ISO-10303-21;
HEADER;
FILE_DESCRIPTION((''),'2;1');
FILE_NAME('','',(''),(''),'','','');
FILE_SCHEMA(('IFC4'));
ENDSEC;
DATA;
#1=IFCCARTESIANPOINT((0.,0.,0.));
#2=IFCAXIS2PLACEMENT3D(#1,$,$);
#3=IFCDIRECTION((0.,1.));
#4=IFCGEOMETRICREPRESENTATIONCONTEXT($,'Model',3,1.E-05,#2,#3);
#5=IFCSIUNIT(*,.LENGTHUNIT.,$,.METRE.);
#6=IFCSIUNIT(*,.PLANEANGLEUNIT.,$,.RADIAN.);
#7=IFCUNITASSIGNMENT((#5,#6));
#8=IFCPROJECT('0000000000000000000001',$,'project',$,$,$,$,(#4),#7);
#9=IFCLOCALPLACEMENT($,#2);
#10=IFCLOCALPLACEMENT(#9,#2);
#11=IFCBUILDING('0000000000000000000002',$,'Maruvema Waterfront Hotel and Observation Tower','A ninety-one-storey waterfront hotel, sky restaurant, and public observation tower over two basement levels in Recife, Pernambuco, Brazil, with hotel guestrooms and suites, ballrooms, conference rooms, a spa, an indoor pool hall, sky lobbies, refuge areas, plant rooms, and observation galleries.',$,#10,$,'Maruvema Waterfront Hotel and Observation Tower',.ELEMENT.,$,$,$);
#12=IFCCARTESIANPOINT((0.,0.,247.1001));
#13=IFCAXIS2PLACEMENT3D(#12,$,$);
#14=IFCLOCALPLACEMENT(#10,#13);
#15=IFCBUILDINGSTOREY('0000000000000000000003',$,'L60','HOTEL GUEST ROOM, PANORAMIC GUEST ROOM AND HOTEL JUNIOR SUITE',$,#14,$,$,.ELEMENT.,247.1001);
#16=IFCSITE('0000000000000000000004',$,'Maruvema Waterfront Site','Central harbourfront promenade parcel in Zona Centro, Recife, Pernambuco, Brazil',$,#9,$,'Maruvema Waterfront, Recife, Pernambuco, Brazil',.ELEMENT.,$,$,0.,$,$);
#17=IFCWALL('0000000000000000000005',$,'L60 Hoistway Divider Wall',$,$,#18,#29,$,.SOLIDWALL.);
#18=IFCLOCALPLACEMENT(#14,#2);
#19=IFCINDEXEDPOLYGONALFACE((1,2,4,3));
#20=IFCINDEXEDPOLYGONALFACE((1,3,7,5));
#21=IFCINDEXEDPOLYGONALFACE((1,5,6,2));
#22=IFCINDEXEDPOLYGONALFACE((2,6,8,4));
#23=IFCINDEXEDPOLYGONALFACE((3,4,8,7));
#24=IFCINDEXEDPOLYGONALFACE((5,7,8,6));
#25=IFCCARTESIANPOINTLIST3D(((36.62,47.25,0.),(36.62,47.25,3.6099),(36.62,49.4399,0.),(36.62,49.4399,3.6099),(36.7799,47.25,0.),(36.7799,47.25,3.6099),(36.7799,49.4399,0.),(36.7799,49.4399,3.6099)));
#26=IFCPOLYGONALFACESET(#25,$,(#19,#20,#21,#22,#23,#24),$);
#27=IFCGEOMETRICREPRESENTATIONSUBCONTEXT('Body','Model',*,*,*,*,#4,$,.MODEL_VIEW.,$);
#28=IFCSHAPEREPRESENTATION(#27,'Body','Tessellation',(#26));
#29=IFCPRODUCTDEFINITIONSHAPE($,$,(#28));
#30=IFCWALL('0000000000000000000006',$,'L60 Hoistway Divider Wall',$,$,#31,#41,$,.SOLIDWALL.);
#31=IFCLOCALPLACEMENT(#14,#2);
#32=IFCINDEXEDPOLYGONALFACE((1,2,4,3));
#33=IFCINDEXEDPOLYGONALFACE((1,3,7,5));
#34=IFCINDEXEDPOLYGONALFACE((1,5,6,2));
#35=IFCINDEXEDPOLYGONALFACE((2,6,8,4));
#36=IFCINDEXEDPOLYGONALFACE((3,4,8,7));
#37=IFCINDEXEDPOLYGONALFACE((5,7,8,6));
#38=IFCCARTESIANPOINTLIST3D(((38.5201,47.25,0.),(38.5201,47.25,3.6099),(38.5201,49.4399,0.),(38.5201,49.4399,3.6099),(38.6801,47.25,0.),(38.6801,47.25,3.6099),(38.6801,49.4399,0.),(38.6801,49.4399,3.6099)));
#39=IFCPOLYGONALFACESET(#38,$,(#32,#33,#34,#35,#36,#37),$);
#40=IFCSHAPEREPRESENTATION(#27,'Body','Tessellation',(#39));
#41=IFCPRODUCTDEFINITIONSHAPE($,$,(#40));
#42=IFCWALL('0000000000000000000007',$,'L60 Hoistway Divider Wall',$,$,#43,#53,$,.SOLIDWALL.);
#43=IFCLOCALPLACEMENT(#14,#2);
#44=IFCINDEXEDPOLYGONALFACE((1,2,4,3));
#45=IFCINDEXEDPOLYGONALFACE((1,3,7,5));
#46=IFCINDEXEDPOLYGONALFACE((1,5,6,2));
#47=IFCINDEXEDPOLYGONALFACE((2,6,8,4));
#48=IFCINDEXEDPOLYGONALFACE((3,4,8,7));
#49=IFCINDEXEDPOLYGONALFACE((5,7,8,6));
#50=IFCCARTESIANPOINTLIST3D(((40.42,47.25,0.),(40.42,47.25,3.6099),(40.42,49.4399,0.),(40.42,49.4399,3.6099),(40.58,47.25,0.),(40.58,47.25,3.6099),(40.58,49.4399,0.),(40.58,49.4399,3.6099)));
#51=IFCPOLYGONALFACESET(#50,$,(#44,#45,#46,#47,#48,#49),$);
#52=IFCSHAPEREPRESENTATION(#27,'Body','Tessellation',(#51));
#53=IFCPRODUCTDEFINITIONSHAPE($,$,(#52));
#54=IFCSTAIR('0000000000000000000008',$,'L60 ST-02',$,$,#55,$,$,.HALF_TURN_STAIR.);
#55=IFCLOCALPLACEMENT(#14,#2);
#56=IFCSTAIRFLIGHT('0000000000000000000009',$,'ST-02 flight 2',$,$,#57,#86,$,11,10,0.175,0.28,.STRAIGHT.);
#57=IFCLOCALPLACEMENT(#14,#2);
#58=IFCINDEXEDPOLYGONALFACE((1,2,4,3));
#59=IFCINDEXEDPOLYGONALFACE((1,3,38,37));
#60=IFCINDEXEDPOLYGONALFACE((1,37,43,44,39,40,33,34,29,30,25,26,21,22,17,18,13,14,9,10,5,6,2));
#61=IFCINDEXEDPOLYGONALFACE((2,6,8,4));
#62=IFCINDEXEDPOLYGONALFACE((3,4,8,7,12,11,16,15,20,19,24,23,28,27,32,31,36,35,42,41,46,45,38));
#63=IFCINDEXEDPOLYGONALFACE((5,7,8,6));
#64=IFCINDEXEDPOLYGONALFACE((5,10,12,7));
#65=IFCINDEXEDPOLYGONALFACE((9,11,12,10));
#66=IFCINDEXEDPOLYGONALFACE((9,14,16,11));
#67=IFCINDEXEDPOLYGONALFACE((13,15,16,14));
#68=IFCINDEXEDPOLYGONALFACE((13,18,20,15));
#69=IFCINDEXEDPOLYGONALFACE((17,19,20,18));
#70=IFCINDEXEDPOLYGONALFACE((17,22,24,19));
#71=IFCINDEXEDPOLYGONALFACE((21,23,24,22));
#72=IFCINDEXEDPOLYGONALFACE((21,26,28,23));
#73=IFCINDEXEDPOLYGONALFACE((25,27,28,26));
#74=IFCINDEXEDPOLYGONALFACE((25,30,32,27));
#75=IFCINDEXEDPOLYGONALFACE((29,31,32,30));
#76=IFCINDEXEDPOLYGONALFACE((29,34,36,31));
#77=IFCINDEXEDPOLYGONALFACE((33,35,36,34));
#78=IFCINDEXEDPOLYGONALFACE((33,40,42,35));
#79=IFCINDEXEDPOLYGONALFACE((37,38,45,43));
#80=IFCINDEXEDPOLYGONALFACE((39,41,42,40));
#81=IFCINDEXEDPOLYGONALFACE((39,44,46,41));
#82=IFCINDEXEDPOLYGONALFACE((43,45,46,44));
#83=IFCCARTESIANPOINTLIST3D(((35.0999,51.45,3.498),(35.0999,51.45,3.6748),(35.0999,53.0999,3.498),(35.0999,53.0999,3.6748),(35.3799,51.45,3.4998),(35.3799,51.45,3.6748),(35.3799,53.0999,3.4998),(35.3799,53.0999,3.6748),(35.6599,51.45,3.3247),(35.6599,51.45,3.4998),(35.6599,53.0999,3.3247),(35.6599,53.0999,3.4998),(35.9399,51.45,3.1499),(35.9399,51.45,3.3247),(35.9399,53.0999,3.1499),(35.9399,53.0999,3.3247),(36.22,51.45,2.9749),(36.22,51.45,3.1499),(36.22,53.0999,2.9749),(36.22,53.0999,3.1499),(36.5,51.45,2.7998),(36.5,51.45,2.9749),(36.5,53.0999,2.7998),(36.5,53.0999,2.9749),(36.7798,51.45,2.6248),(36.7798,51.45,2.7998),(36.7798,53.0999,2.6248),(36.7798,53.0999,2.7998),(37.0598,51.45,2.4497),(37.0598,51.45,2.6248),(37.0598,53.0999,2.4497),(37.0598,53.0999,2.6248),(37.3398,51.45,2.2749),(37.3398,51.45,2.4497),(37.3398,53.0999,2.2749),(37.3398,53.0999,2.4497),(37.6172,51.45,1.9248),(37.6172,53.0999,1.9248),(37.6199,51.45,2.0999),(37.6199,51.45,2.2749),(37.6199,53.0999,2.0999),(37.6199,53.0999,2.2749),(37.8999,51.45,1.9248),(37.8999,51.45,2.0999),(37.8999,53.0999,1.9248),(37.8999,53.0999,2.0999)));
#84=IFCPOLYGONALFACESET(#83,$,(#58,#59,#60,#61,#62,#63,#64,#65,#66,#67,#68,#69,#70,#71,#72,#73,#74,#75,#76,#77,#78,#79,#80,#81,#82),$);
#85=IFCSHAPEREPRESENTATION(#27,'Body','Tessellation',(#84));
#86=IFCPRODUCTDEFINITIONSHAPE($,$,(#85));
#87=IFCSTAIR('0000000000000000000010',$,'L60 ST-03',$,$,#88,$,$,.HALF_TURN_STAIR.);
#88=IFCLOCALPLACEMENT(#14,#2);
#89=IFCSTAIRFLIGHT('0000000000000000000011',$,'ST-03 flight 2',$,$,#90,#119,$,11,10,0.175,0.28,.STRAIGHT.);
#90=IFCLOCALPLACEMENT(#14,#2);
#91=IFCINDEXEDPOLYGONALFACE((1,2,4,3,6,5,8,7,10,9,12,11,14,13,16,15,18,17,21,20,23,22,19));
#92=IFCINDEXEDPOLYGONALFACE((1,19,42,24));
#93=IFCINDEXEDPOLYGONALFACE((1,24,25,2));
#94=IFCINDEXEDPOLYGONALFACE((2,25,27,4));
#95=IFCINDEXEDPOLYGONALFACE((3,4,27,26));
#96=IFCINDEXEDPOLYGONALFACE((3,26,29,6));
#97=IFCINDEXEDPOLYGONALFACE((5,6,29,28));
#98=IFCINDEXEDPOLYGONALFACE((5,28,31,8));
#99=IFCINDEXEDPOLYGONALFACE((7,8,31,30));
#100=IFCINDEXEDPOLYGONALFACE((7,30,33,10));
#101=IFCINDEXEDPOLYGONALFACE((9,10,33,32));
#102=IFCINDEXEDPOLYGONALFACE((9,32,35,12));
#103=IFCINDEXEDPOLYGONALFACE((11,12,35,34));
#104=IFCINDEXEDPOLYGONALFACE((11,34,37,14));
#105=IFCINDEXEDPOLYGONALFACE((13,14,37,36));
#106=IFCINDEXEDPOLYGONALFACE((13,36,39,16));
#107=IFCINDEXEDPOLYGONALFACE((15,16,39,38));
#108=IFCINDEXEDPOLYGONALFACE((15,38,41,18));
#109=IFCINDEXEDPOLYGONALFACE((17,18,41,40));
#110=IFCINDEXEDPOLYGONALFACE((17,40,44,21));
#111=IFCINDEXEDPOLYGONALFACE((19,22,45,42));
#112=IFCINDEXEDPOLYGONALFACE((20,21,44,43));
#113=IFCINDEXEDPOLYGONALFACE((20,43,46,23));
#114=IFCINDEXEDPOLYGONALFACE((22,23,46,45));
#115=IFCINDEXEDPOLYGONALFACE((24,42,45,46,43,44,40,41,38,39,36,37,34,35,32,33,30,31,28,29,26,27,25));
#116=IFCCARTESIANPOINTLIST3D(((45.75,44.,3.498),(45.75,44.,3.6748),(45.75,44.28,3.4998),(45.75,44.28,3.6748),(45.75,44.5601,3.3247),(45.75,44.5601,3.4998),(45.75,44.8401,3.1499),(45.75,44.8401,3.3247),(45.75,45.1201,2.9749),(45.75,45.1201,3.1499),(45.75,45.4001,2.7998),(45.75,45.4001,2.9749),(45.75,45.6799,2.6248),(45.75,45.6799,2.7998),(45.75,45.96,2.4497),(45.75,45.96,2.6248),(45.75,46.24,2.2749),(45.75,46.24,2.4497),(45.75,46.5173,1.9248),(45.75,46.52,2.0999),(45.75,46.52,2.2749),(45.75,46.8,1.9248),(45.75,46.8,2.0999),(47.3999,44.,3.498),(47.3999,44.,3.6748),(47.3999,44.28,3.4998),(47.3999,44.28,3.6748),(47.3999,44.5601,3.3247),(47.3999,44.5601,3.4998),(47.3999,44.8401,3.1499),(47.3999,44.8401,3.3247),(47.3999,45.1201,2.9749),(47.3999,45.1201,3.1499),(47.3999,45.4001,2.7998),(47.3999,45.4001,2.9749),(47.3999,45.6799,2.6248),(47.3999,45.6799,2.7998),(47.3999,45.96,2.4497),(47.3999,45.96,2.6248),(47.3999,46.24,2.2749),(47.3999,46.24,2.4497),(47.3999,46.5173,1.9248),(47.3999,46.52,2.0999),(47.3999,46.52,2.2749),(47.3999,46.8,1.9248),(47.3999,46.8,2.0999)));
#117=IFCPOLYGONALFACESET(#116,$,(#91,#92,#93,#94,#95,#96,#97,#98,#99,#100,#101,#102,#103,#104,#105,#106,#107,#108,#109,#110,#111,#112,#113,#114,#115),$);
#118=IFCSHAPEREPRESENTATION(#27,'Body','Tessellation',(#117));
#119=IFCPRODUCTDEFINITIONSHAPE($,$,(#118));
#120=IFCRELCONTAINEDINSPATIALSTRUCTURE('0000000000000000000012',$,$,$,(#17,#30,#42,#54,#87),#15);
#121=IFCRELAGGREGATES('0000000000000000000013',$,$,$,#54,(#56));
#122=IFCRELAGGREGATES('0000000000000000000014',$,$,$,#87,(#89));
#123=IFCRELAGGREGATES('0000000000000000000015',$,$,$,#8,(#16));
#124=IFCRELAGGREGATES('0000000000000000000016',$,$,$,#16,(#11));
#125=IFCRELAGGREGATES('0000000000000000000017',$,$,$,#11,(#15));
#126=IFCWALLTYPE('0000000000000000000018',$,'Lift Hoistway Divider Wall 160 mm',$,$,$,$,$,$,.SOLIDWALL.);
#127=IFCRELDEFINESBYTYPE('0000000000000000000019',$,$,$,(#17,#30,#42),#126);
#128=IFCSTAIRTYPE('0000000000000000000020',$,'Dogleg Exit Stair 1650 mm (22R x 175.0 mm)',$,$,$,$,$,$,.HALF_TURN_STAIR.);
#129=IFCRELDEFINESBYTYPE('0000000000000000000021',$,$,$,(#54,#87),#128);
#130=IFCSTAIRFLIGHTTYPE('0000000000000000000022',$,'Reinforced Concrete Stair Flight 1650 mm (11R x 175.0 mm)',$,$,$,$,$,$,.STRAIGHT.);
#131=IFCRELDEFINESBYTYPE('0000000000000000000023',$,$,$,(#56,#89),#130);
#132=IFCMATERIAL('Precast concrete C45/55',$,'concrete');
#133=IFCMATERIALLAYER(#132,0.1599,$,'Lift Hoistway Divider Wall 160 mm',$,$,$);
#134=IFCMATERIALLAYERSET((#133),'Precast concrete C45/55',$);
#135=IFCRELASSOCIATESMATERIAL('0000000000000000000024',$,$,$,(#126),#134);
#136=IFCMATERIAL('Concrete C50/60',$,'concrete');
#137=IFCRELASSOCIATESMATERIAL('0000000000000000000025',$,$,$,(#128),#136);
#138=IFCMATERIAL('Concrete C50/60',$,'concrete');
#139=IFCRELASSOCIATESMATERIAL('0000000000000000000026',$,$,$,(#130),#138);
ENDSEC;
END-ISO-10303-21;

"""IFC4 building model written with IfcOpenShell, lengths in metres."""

from ifc_helpers import new_model, si_unit, direction, frame, frame_2d, origin, place, context, subcontext, project, spatial, polyline, rectangle, outline, extrude, material, layer, layer_set, type_object, element, aggregate, save


model = new_model("IFC4")

# Units and contexts
model_context = context("Model", 3, precision=1e-05, world=origin(), true_north=direction((0.0, 1.0)))
body_context = subcontext(model_context, "Body", "Model", "MODEL_VIEW")
ifc_project = project(units=[si_unit("LENGTHUNIT", "METRE"), si_unit("PLANEANGLEUNIT", "RADIAN")], contexts=[model_context])

# Site, building, storey
site_placement = place(None, origin())
site = spatial("IfcSite", under=ifc_project, at=site_placement, Name="Maruvema Waterfront Site", Description="Central harbourfront promenade parcel in Zona Centro, Recife, Pernambuco, Brazil", LongName="Maruvema Waterfront, Recife, Pernambuco, Brazil", CompositionType="ELEMENT", RefElevation=0.0)
building_placement = place(site_placement, origin())
building = spatial("IfcBuilding", under=site, at=building_placement, Name="Maruvema Waterfront Hotel and Observation Tower", Description="A ninety-one-storey waterfront hotel, sky restaurant, and public observation tower over two basement levels in Recife, Pernambuco, Brazil, with hotel guestrooms and suites, ballrooms, conference rooms, a spa, an indoor pool hall, sky lobbies, refuge areas, plant rooms, and observation galleries.", LongName="Maruvema Waterfront Hotel and Observation Tower", CompositionType="ELEMENT")
storey_placement = place(building_placement, frame((0.0, 0.0, 247.1001)))
storey = spatial("IfcBuildingStorey", under=building, at=storey_placement, Name="L60", Description="HOTEL GUEST ROOM, PANORAMIC GUEST ROOM AND HOTEL JUNIOR SUITE", CompositionType="ELEMENT", Elevation=247.1001)

# Walls
ifc_material_1 = material(Name="Precast concrete C45/55", Category="concrete")
ifc_layer_1 = layer(ifc_material_1, 0.1599, Name="Lift Hoistway Divider Wall 160 mm")
ifc_layer_set_1 = layer_set([ifc_layer_1], Name="Precast concrete C45/55")
wall_type_1 = type_object("IfcWallType", Name="Lift Hoistway Divider Wall 160 mm", PredefinedType="SOLIDWALL", material=ifc_layer_set_1)
for number, where, z_axis, x_axis, name in (
    (1, (36.7, 47.25, 0.0), (0.0, 0.0, 1.0), (0.0, 1.0, 0.0), "L60 Hoistway Divider Wall"),
    (2, (38.6001, 47.25, 0.0), (0.0, 0.0, 1.0), (0.0, 1.0, 0.0), "L60 Hoistway Divider Wall"),
    (3, (40.5, 47.25, 0.0), (0.0, 0.0, 1.0), (0.0, 1.0, 0.0), "L60 Hoistway Divider Wall"),
):
    element("IfcWall", number, at=place(storey_placement, frame(where, z_axis=z_axis, x_axis=x_axis)), inside=storey, type_object=wall_type_1, Name=name, PredefinedType="SOLIDWALL", context=body_context, shape_type="SweptSolid", body=[
        extrude(rectangle(XDim=2.1899, YDim=0.1599, at=frame_2d((1.095, 0.0))), origin(), (0.0, 0.0, 1.0), 3.6099),
    ])

# Stairs, stair flights
ifc_material_2 = material(Name="Concrete C50/60", Category="concrete")
stair_type = type_object("IfcStairType", Name="Dogleg Exit Stair 1650 mm (22R x 175.0 mm)", PredefinedType="HALF_TURN_STAIR", material=ifc_material_2)
stair_1_placement = place(storey_placement, origin())
stair_1 = element("IfcStair", 4, at=stair_1_placement, inside=storey, type_object=stair_type, Name="L60 ST-02", PredefinedType="HALF_TURN_STAIR")
ifc_material_3 = material(Name="Concrete C50/60", Category="concrete")
stair_flight_type = type_object("IfcStairFlightType", Name="Reinforced Concrete Stair Flight 1650 mm (11R x 175.0 mm)", PredefinedType="STRAIGHT", material=ifc_material_3)
stair_flight_1_placement = place(storey_placement, frame((37.8999, 52.2749, 1.9248), z_axis=(0.0, 0.0, 1.0), x_axis=(-1.0, 0.0, 0.0)))
stair_flight_1 = element("IfcStairFlight", 5, at=stair_flight_1_placement, type_object=stair_flight_type, Name="ST-02 flight 2", NumberOfRisers=11, NumberOfTreads=10, PredefinedType="STRAIGHT", RiserHeight=0.175, TreadLength=0.28, context=body_context, shape_type="SweptSolid", body=[
    extrude(outline(polyline([(0.0, 0.0), (0.0, 0.175), (0.28, 0.175), (0.28, 0.3501), (0.5601, 0.3501), (0.5601, 0.5249), (0.8401, 0.5249), (0.8401, 0.7), (1.1201, 0.7), (1.1201, 0.875), (1.3999, 0.875), (1.3999, 1.05), (1.6799, 1.05), (1.6799, 1.2251), (1.96, 1.2251), (1.96, 1.3999), (2.24, 1.3999), (2.24, 1.575), (2.52, 1.575), (2.52, 1.75), (2.8, 1.75), (2.8, 1.925), (2.8, 1.5732), (0.2827, 0.0), (0.0, 0.0)])), frame((0.0, 0.825, 0.0), z_axis=(0.0, -1.0, 0.0), x_axis=(1.0, 0.0, 0.0)), (0.0, 0.0, 1.0), 1.6499),
])
aggregate(stair_1, [stair_flight_1])
stair_2_placement = place(storey_placement, origin())
stair_2 = element("IfcStair", 6, at=stair_2_placement, inside=storey, type_object=stair_type, Name="L60 ST-03", PredefinedType="HALF_TURN_STAIR")
stair_flight_2_placement = place(storey_placement, frame((46.575, 46.8, 1.9248), z_axis=(0.0, 0.0, 1.0), x_axis=(0.0, -1.0, 0.0)))
stair_flight_2 = element("IfcStairFlight", 7, at=stair_flight_2_placement, type_object=stair_flight_type, Name="ST-03 flight 2", NumberOfRisers=11, NumberOfTreads=10, PredefinedType="STRAIGHT", RiserHeight=0.175, TreadLength=0.28, context=body_context, shape_type="SweptSolid", body=[
    extrude(outline(polyline([(0.0, 0.0), (0.0, 0.175), (0.28, 0.175), (0.28, 0.3501), (0.5601, 0.3501), (0.5601, 0.5249), (0.8401, 0.5249), (0.8401, 0.7), (1.1201, 0.7), (1.1201, 0.875), (1.3999, 0.875), (1.3999, 1.05), (1.6799, 1.05), (1.6799, 1.2251), (1.96, 1.2251), (1.96, 1.3999), (2.24, 1.3999), (2.24, 1.575), (2.52, 1.575), (2.52, 1.75), (2.8, 1.75), (2.8, 1.925), (2.8, 1.5732), (0.2827, 0.0), (0.0, 0.0)])), frame((0.0, 0.825, 0.0), z_axis=(0.0, -1.0, 0.0), x_axis=(1.0, 0.0, 0.0)), (0.0, 0.0, 1.0), 1.6499),
])
aggregate(stair_2, [stair_flight_2])

save(model, "model.ifc")
